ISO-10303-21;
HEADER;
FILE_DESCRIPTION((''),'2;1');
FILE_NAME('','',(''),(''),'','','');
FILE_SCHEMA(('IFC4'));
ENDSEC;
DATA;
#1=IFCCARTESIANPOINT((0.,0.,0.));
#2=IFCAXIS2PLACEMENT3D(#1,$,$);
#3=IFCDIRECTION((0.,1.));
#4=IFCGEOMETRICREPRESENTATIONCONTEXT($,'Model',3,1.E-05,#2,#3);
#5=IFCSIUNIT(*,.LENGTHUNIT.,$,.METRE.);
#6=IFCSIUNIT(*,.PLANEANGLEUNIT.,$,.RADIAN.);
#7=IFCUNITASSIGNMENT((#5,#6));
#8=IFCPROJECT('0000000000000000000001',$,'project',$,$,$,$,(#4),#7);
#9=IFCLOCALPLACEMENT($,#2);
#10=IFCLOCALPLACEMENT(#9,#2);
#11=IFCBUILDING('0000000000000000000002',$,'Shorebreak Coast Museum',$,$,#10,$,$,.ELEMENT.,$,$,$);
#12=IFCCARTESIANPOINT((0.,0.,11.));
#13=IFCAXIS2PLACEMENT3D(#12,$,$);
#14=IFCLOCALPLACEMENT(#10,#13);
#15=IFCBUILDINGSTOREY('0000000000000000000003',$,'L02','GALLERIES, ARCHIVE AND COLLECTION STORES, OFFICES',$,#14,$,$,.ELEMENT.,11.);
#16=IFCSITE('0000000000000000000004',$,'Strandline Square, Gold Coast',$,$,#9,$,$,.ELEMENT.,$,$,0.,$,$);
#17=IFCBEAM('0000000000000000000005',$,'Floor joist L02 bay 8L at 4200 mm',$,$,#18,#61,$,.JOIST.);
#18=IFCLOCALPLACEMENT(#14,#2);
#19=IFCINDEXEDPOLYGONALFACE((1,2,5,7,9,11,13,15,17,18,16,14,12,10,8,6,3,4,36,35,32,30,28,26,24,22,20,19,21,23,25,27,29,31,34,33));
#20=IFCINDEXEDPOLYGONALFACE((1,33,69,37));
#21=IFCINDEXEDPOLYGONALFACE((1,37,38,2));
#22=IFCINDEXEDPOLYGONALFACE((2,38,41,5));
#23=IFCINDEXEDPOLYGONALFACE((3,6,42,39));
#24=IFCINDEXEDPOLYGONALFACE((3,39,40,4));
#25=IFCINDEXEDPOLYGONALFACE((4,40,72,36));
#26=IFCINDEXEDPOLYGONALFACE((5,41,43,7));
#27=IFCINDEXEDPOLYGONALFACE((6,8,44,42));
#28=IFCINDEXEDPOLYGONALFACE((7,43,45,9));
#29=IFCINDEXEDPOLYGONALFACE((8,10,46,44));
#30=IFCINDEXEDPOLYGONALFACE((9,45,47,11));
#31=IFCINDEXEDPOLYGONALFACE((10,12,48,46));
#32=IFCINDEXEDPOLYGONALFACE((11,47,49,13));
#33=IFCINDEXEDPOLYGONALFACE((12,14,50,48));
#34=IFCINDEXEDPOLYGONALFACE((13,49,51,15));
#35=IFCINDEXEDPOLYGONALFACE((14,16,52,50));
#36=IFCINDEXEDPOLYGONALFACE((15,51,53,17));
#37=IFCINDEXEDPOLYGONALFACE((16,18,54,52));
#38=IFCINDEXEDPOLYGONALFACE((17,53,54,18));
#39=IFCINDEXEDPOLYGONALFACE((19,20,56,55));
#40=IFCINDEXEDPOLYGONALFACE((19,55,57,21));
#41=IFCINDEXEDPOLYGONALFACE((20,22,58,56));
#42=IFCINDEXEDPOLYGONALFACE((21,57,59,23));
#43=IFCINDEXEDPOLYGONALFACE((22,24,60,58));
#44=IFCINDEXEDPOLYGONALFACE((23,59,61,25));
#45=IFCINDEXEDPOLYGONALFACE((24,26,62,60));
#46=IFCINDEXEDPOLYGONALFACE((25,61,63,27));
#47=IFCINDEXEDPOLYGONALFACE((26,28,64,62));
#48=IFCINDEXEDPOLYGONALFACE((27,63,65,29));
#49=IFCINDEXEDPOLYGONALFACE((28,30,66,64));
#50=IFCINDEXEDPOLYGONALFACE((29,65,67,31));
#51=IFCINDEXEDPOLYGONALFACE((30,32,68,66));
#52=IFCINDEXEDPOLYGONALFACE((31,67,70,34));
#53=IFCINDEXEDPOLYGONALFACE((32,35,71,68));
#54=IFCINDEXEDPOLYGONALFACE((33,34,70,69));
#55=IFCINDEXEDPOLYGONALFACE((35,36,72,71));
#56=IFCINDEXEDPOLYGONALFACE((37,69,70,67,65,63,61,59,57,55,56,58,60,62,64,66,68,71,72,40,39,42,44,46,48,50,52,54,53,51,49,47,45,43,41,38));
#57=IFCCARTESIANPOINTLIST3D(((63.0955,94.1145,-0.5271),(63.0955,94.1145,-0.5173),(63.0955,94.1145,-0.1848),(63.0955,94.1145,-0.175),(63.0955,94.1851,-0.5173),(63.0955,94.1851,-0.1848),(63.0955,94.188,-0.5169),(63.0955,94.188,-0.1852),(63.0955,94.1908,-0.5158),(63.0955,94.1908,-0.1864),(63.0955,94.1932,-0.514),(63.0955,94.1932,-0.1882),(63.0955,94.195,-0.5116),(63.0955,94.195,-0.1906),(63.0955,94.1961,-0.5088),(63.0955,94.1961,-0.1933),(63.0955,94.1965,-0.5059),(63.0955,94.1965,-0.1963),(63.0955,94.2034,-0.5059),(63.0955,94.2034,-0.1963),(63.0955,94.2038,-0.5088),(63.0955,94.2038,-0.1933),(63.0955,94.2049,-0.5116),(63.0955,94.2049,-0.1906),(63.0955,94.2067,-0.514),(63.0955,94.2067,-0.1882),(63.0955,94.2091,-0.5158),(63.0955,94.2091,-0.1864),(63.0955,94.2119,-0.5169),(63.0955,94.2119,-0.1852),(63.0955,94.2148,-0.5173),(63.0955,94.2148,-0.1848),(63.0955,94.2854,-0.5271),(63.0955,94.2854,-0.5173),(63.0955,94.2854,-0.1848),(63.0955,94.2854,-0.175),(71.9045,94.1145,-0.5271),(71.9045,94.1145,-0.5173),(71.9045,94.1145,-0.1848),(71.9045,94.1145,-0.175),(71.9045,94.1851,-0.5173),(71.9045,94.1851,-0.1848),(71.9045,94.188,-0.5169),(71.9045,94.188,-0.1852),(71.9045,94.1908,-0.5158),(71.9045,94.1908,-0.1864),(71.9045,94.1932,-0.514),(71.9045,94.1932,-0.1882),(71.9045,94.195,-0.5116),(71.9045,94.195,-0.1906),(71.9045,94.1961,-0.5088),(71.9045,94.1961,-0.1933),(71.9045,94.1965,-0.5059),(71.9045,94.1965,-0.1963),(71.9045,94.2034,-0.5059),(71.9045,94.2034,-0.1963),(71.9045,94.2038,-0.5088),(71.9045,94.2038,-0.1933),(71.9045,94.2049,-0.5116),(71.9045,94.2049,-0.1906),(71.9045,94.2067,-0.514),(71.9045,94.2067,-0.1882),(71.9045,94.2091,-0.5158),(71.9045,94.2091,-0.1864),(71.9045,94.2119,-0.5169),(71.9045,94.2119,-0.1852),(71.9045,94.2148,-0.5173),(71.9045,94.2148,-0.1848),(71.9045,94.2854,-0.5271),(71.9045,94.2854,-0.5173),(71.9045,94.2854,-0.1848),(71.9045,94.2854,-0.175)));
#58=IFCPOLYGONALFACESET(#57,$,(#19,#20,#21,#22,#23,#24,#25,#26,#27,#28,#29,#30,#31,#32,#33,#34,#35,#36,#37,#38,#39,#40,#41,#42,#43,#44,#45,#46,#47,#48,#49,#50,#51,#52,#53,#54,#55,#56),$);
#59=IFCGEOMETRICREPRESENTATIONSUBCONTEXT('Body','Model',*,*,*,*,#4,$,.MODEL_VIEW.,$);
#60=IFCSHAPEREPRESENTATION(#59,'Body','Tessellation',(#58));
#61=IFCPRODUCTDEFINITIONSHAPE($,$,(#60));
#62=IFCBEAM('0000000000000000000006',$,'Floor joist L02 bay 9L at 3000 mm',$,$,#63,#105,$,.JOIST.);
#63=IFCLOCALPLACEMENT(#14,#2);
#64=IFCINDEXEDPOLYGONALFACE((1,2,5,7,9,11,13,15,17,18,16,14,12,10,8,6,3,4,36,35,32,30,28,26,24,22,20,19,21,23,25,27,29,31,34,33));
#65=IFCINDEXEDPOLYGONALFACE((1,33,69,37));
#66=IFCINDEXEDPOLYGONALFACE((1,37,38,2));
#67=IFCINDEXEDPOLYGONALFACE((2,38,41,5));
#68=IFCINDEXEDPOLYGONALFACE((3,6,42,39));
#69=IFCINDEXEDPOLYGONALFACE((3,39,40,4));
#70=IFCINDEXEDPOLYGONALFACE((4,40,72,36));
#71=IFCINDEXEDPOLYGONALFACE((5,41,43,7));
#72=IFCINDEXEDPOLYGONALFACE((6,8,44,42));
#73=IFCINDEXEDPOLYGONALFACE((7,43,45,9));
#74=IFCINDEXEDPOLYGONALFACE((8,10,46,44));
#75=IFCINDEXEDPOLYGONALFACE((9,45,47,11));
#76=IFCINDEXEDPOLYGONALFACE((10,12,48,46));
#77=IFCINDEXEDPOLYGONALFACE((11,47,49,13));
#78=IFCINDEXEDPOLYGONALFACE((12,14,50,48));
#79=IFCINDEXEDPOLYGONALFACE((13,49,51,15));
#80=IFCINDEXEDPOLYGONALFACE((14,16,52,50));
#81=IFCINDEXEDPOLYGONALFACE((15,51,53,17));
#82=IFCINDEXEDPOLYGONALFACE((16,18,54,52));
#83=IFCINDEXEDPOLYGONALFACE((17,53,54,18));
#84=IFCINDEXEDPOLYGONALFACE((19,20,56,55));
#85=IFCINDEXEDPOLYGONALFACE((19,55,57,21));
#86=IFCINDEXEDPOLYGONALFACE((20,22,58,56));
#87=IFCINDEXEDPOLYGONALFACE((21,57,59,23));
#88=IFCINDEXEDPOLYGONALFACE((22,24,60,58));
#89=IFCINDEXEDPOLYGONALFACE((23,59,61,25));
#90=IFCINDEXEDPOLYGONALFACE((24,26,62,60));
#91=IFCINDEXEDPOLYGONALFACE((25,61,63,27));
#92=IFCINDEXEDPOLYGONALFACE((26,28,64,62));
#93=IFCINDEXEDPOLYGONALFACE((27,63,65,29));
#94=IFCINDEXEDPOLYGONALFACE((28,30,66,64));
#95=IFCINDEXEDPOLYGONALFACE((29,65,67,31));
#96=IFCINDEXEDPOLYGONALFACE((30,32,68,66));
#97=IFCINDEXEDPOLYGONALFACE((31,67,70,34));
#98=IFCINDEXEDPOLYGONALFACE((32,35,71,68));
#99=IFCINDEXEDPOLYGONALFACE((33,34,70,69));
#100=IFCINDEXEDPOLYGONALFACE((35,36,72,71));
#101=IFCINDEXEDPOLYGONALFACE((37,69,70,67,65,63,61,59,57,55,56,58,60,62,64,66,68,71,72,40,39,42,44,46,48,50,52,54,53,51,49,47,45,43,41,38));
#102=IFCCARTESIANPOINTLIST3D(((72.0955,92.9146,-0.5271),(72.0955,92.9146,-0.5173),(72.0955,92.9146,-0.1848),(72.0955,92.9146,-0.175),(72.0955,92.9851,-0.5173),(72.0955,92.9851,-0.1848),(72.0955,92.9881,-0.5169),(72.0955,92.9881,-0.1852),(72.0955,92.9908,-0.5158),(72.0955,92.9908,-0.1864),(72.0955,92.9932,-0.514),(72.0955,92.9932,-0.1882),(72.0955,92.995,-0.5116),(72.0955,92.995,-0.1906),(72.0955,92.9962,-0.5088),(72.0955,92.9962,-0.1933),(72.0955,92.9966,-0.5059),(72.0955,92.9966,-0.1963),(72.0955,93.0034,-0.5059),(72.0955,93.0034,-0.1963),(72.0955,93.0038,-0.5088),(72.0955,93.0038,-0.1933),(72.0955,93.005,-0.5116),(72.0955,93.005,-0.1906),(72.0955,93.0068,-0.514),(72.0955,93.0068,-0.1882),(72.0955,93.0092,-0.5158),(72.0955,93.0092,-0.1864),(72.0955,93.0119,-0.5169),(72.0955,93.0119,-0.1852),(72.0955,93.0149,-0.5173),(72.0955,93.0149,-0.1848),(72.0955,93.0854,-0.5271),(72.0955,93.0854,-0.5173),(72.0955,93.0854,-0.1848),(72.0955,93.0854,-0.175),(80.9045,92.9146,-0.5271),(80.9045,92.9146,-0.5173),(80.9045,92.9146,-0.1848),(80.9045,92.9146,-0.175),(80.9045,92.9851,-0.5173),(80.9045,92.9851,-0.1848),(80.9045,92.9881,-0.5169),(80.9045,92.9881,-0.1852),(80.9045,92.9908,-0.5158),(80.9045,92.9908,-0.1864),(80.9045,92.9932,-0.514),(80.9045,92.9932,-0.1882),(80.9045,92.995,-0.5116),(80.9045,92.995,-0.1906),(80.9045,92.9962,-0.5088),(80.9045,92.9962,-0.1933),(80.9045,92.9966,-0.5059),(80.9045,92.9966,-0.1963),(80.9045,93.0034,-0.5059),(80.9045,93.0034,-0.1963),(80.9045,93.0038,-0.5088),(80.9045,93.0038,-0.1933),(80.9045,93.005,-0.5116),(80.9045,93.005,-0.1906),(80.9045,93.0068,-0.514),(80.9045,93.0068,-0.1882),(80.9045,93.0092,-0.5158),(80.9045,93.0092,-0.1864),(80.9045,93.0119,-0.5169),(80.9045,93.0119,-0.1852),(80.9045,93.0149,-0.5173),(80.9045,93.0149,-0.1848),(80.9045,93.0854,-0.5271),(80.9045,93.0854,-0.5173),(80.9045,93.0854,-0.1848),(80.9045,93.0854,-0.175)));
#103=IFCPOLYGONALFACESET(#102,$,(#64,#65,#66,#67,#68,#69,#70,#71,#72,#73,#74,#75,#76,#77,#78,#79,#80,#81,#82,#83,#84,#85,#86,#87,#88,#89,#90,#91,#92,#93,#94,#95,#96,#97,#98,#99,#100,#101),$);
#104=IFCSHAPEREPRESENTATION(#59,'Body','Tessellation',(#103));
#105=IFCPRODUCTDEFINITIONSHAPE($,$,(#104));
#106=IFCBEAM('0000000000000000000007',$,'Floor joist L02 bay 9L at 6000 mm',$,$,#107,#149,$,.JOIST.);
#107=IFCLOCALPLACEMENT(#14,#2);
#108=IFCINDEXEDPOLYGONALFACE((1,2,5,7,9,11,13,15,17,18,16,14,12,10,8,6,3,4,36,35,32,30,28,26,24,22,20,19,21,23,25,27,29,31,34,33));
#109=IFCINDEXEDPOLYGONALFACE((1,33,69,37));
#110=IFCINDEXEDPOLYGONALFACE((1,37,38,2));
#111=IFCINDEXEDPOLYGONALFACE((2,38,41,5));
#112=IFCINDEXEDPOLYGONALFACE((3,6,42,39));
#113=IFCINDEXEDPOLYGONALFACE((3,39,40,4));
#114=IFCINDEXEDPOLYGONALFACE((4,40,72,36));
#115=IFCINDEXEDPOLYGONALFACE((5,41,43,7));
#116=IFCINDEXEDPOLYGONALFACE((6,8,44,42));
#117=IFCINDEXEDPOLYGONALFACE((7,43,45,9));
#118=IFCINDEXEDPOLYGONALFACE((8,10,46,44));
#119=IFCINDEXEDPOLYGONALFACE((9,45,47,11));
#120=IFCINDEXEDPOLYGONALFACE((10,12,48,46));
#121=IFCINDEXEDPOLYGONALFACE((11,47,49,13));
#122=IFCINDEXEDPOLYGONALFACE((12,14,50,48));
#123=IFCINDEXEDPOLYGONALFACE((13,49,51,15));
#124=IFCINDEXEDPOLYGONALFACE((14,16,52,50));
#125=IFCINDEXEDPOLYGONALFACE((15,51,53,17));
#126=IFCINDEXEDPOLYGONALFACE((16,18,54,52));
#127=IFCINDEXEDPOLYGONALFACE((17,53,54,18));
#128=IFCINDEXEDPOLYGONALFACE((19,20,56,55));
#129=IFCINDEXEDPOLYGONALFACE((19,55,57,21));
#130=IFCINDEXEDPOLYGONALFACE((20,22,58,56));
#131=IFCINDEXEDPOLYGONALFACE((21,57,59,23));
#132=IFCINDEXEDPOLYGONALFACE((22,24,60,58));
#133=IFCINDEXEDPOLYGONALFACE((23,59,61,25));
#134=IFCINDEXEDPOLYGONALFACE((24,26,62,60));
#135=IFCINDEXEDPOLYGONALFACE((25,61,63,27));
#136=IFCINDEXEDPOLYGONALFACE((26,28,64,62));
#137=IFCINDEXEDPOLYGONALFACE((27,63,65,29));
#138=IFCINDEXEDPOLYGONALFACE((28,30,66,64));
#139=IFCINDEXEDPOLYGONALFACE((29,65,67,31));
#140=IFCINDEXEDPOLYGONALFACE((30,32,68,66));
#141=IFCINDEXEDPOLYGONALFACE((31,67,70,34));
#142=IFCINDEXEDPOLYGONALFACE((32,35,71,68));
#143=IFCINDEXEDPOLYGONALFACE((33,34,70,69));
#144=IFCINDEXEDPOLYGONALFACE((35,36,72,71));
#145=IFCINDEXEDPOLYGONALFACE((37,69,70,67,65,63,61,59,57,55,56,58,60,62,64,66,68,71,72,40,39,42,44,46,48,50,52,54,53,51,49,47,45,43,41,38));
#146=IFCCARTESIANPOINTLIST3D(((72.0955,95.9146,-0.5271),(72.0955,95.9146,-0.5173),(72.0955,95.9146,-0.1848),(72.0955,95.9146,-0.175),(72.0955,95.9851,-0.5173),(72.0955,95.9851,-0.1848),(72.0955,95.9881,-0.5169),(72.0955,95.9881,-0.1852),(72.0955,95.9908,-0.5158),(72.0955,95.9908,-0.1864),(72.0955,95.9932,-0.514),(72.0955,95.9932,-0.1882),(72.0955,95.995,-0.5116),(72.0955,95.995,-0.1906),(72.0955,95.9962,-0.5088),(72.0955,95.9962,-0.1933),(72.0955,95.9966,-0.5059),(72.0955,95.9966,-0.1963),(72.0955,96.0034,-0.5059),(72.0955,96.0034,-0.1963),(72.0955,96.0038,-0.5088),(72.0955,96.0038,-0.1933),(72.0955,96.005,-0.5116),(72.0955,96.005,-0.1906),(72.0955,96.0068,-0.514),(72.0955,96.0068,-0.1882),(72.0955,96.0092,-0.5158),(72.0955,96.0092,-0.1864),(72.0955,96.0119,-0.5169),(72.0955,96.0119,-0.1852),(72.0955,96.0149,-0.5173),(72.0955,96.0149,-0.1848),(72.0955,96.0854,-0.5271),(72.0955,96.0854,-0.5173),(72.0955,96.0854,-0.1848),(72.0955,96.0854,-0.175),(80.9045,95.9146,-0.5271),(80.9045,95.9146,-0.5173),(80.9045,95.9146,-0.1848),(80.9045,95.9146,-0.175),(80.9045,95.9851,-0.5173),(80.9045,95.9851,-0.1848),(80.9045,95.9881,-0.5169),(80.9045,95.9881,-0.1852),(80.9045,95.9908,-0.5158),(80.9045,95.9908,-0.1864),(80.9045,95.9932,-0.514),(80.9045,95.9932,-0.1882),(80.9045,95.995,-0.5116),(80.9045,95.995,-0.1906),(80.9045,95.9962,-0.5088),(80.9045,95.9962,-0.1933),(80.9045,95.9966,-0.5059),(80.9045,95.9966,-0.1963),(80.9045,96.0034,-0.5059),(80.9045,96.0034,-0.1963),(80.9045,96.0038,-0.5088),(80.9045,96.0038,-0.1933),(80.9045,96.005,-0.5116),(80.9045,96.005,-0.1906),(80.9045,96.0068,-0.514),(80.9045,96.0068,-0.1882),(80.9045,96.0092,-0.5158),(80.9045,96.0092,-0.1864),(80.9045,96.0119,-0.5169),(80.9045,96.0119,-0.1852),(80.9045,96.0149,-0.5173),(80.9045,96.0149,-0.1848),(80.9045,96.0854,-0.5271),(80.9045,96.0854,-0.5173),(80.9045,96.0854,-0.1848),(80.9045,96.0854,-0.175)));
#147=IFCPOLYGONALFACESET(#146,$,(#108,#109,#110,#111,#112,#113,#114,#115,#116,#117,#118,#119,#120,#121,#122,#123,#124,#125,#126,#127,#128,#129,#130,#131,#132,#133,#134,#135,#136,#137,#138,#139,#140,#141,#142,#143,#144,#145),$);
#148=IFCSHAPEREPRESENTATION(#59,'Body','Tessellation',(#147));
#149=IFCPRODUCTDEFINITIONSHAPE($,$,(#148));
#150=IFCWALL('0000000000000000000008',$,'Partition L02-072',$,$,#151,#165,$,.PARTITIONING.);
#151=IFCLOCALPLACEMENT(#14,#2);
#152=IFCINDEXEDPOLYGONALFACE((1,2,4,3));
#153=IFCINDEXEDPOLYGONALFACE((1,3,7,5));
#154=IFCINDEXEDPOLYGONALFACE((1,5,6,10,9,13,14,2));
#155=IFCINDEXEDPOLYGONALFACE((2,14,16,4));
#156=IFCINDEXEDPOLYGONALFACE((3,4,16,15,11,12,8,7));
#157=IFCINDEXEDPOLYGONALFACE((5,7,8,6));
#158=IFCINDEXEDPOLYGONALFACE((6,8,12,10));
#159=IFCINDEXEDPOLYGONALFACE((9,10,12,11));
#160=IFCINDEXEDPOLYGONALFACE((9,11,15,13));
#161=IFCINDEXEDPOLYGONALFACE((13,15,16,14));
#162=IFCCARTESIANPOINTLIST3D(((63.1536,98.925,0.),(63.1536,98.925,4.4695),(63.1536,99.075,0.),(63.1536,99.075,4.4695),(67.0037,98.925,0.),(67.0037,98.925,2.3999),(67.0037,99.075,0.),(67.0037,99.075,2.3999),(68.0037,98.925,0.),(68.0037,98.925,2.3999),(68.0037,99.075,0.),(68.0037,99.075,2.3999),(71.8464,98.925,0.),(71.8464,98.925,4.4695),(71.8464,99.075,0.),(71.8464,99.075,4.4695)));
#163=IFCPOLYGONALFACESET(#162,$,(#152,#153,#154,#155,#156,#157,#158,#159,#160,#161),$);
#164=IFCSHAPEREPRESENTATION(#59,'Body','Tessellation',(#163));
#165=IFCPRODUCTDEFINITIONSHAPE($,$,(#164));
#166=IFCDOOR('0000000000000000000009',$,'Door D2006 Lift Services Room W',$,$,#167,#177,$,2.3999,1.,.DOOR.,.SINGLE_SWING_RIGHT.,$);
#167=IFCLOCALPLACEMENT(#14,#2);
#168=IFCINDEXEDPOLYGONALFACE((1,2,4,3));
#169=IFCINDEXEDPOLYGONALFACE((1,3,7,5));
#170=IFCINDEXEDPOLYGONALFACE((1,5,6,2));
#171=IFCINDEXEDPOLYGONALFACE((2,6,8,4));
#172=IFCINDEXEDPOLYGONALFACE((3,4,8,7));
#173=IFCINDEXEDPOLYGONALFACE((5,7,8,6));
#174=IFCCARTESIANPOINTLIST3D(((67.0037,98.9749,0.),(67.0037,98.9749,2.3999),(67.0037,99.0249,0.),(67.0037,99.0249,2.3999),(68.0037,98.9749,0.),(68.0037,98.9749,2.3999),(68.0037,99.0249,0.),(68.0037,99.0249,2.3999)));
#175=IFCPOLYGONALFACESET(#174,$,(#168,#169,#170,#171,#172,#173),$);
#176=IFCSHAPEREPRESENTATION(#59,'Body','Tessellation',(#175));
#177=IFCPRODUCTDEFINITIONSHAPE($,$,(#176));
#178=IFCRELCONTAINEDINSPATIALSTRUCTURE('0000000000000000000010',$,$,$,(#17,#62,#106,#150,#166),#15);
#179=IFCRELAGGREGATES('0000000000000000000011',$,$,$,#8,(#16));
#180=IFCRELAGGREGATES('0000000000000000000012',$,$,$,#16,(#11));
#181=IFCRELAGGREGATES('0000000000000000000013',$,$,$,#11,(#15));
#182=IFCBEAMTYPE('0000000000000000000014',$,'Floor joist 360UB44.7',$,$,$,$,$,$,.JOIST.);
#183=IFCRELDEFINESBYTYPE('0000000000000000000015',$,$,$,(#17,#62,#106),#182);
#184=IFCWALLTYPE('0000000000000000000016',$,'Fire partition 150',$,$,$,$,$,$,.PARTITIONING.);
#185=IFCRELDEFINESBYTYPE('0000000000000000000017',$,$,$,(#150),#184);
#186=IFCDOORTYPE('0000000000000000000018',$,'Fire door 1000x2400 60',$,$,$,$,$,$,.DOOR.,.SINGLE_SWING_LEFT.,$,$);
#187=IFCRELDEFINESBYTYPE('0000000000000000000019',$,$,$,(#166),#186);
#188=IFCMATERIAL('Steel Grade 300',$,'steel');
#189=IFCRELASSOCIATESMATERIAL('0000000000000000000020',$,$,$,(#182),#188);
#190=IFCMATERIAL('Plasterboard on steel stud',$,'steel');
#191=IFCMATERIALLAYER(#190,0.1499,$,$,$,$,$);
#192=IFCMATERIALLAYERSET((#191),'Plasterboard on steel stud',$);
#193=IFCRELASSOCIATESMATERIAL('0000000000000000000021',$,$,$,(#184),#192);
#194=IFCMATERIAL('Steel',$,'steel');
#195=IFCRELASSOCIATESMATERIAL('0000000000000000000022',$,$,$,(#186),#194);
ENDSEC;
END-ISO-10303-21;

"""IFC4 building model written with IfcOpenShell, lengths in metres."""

from ifc_helpers import new_model, si_unit, direction, frame, frame_2d, origin, origin_2d, place, context, subcontext, project, spatial, rectangle, i_section, extrude, material, layer, layer_set, material_profile, profile_set, type_object, element, fill, save


model = new_model("IFC4")

# Units and contexts
model_context = context("Model", 3, precision=1e-05, world=origin(), true_north=direction((0.0, 1.0)))
body_context = subcontext(model_context, "Body", "Model", "MODEL_VIEW")
ifc_project = project(units=[si_unit("LENGTHUNIT", "METRE"), si_unit("PLANEANGLEUNIT", "RADIAN")], contexts=[model_context])

# Site, building, storey
site_placement = place(None, origin())
site = spatial("IfcSite", under=ifc_project, at=site_placement, Name="Strandline Square, Gold Coast", CompositionType="ELEMENT", RefElevation=0.0)
building_placement = place(site_placement, origin())
building = spatial("IfcBuilding", under=site, at=building_placement, Name="Shorebreak Coast Museum", CompositionType="ELEMENT")
storey_placement = place(building_placement, frame((0.0, 0.0, 11.0)))
storey = spatial("IfcBuildingStorey", under=building, at=storey_placement, Name="L02", Description="GALLERIES, ARCHIVE AND COLLECTION STORES, OFFICES", CompositionType="ELEMENT", Elevation=11.0)

# Beams
ifc_material_1 = material(Name="Steel Grade 300", Category="steel")
ifc_material_profile_1 = material_profile(ifc_material_1, i_section(OverallWidth=0.1709, OverallDepth=0.3521, WebThickness=0.0068, FlangeThickness=0.0098, FilletRadius=0.0115, at=origin_2d()), Name="360UB44.7")
ifc_profile_set_1 = profile_set([ifc_material_profile_1], Name="Steel Grade 300")
beam_type_1 = type_object("IfcBeamType", Name="Floor joist 360UB44.7", PredefinedType="JOIST", material=ifc_profile_set_1)
for number, where, z_axis, x_axis, name in (
    (1, (63.0955, 94.2, -0.3511), (1.0, 0.0, 0.0), (0.0, 1.0, 0.0), "Floor joist L02 bay 8L at 4200 mm"),
    (2, (72.0955, 93.0, -0.3511), (1.0, 0.0, 0.0), (0.0, 1.0, 0.0), "Floor joist L02 bay 9L at 3000 mm"),
    (3, (72.0955, 96.0, -0.3511), (1.0, 0.0, 0.0), (0.0, 1.0, 0.0), "Floor joist L02 bay 9L at 6000 mm"),
):
    element("IfcBeam", number, at=place(storey_placement, frame(where, z_axis=z_axis, x_axis=x_axis)), inside=storey, type_object=beam_type_1, Name=name, PredefinedType="JOIST", context=body_context, shape_type="SweptSolid", body=[
        extrude(i_section(OverallWidth=0.1709, OverallDepth=0.3521, WebThickness=0.0068, FlangeThickness=0.0098, FilletRadius=0.0115, at=origin_2d()), origin(), (0.0, 0.0, 1.0), 8.8091),
    ])

# Wall, opening, door
ifc_material_2 = material(Name="Plasterboard on steel stud", Category="steel")
ifc_layer_1 = layer(ifc_material_2, 0.1499)
ifc_layer_set_1 = layer_set([ifc_layer_1], Name="Plasterboard on steel stud")
wall_type_1 = type_object("IfcWallType", Name="Fire partition 150", PredefinedType="PARTITIONING", material=ifc_layer_set_1)
wall_1_placement = place(storey_placement, frame((63.1536, 99.0, 0.0), z_axis=(0.0, 0.0, 1.0), x_axis=(1.0, 0.0, 0.0)))
wall_1 = element("IfcWall", 4, at=wall_1_placement, inside=storey, type_object=wall_type_1, Name="Partition L02-072", PredefinedType="PARTITIONING", context=body_context, shape_type="SweptSolid", body=[
    extrude(rectangle(XDim=8.6929, YDim=0.1499, at=frame_2d((4.3464, 0.0))), origin(), (0.0, 0.0, 1.0), 4.4695),
])
opening_1_placement = place(wall_1_placement, frame((3.8501, 0.0, 0.0)))
opening_1 = element("IfcOpeningElement", 5, at=opening_1_placement, cuts=wall_1, PredefinedType="OPENING", context=body_context, shape_type="SweptSolid", body=[
    extrude(rectangle(XDim=1.0, YDim=2.3999, at=frame_2d((0.5, 1.2))), frame((0.0, 0.085, 0.0), z_axis=(0.0, -1.0, 0.0), x_axis=(1.0, 0.0, 0.0)), (0.0, 0.0, 1.0), 0.1699),
])
ifc_material_3 = material(Name="Steel", Category="steel")
door_type_1 = type_object("IfcDoorType", Name="Fire door 1000x2400 60", OperationType="SINGLE_SWING_LEFT", PredefinedType="DOOR", material=ifc_material_3)
door_1_placement = place(opening_1_placement, origin())
door_1 = element("IfcDoor", 6, at=door_1_placement, inside=storey, type_object=door_type_1, Name="Door D2006 Lift Services Room W", OperationType="SINGLE_SWING_RIGHT", OverallHeight=2.3999, OverallWidth=1.0, PredefinedType="DOOR", context=body_context, shape_type="SweptSolid", body=[
    extrude(rectangle(XDim=1.0, YDim=2.3999, at=frame_2d((0.5, 1.2))), frame((0.0, 0.0249, 0.0), z_axis=(0.0, -1.0, 0.0), x_axis=(1.0, 0.0, 0.0)), (0.0, 0.0, 1.0), 0.05),
])
fill(opening_1, door_1)

save(model, "model.ifc")
